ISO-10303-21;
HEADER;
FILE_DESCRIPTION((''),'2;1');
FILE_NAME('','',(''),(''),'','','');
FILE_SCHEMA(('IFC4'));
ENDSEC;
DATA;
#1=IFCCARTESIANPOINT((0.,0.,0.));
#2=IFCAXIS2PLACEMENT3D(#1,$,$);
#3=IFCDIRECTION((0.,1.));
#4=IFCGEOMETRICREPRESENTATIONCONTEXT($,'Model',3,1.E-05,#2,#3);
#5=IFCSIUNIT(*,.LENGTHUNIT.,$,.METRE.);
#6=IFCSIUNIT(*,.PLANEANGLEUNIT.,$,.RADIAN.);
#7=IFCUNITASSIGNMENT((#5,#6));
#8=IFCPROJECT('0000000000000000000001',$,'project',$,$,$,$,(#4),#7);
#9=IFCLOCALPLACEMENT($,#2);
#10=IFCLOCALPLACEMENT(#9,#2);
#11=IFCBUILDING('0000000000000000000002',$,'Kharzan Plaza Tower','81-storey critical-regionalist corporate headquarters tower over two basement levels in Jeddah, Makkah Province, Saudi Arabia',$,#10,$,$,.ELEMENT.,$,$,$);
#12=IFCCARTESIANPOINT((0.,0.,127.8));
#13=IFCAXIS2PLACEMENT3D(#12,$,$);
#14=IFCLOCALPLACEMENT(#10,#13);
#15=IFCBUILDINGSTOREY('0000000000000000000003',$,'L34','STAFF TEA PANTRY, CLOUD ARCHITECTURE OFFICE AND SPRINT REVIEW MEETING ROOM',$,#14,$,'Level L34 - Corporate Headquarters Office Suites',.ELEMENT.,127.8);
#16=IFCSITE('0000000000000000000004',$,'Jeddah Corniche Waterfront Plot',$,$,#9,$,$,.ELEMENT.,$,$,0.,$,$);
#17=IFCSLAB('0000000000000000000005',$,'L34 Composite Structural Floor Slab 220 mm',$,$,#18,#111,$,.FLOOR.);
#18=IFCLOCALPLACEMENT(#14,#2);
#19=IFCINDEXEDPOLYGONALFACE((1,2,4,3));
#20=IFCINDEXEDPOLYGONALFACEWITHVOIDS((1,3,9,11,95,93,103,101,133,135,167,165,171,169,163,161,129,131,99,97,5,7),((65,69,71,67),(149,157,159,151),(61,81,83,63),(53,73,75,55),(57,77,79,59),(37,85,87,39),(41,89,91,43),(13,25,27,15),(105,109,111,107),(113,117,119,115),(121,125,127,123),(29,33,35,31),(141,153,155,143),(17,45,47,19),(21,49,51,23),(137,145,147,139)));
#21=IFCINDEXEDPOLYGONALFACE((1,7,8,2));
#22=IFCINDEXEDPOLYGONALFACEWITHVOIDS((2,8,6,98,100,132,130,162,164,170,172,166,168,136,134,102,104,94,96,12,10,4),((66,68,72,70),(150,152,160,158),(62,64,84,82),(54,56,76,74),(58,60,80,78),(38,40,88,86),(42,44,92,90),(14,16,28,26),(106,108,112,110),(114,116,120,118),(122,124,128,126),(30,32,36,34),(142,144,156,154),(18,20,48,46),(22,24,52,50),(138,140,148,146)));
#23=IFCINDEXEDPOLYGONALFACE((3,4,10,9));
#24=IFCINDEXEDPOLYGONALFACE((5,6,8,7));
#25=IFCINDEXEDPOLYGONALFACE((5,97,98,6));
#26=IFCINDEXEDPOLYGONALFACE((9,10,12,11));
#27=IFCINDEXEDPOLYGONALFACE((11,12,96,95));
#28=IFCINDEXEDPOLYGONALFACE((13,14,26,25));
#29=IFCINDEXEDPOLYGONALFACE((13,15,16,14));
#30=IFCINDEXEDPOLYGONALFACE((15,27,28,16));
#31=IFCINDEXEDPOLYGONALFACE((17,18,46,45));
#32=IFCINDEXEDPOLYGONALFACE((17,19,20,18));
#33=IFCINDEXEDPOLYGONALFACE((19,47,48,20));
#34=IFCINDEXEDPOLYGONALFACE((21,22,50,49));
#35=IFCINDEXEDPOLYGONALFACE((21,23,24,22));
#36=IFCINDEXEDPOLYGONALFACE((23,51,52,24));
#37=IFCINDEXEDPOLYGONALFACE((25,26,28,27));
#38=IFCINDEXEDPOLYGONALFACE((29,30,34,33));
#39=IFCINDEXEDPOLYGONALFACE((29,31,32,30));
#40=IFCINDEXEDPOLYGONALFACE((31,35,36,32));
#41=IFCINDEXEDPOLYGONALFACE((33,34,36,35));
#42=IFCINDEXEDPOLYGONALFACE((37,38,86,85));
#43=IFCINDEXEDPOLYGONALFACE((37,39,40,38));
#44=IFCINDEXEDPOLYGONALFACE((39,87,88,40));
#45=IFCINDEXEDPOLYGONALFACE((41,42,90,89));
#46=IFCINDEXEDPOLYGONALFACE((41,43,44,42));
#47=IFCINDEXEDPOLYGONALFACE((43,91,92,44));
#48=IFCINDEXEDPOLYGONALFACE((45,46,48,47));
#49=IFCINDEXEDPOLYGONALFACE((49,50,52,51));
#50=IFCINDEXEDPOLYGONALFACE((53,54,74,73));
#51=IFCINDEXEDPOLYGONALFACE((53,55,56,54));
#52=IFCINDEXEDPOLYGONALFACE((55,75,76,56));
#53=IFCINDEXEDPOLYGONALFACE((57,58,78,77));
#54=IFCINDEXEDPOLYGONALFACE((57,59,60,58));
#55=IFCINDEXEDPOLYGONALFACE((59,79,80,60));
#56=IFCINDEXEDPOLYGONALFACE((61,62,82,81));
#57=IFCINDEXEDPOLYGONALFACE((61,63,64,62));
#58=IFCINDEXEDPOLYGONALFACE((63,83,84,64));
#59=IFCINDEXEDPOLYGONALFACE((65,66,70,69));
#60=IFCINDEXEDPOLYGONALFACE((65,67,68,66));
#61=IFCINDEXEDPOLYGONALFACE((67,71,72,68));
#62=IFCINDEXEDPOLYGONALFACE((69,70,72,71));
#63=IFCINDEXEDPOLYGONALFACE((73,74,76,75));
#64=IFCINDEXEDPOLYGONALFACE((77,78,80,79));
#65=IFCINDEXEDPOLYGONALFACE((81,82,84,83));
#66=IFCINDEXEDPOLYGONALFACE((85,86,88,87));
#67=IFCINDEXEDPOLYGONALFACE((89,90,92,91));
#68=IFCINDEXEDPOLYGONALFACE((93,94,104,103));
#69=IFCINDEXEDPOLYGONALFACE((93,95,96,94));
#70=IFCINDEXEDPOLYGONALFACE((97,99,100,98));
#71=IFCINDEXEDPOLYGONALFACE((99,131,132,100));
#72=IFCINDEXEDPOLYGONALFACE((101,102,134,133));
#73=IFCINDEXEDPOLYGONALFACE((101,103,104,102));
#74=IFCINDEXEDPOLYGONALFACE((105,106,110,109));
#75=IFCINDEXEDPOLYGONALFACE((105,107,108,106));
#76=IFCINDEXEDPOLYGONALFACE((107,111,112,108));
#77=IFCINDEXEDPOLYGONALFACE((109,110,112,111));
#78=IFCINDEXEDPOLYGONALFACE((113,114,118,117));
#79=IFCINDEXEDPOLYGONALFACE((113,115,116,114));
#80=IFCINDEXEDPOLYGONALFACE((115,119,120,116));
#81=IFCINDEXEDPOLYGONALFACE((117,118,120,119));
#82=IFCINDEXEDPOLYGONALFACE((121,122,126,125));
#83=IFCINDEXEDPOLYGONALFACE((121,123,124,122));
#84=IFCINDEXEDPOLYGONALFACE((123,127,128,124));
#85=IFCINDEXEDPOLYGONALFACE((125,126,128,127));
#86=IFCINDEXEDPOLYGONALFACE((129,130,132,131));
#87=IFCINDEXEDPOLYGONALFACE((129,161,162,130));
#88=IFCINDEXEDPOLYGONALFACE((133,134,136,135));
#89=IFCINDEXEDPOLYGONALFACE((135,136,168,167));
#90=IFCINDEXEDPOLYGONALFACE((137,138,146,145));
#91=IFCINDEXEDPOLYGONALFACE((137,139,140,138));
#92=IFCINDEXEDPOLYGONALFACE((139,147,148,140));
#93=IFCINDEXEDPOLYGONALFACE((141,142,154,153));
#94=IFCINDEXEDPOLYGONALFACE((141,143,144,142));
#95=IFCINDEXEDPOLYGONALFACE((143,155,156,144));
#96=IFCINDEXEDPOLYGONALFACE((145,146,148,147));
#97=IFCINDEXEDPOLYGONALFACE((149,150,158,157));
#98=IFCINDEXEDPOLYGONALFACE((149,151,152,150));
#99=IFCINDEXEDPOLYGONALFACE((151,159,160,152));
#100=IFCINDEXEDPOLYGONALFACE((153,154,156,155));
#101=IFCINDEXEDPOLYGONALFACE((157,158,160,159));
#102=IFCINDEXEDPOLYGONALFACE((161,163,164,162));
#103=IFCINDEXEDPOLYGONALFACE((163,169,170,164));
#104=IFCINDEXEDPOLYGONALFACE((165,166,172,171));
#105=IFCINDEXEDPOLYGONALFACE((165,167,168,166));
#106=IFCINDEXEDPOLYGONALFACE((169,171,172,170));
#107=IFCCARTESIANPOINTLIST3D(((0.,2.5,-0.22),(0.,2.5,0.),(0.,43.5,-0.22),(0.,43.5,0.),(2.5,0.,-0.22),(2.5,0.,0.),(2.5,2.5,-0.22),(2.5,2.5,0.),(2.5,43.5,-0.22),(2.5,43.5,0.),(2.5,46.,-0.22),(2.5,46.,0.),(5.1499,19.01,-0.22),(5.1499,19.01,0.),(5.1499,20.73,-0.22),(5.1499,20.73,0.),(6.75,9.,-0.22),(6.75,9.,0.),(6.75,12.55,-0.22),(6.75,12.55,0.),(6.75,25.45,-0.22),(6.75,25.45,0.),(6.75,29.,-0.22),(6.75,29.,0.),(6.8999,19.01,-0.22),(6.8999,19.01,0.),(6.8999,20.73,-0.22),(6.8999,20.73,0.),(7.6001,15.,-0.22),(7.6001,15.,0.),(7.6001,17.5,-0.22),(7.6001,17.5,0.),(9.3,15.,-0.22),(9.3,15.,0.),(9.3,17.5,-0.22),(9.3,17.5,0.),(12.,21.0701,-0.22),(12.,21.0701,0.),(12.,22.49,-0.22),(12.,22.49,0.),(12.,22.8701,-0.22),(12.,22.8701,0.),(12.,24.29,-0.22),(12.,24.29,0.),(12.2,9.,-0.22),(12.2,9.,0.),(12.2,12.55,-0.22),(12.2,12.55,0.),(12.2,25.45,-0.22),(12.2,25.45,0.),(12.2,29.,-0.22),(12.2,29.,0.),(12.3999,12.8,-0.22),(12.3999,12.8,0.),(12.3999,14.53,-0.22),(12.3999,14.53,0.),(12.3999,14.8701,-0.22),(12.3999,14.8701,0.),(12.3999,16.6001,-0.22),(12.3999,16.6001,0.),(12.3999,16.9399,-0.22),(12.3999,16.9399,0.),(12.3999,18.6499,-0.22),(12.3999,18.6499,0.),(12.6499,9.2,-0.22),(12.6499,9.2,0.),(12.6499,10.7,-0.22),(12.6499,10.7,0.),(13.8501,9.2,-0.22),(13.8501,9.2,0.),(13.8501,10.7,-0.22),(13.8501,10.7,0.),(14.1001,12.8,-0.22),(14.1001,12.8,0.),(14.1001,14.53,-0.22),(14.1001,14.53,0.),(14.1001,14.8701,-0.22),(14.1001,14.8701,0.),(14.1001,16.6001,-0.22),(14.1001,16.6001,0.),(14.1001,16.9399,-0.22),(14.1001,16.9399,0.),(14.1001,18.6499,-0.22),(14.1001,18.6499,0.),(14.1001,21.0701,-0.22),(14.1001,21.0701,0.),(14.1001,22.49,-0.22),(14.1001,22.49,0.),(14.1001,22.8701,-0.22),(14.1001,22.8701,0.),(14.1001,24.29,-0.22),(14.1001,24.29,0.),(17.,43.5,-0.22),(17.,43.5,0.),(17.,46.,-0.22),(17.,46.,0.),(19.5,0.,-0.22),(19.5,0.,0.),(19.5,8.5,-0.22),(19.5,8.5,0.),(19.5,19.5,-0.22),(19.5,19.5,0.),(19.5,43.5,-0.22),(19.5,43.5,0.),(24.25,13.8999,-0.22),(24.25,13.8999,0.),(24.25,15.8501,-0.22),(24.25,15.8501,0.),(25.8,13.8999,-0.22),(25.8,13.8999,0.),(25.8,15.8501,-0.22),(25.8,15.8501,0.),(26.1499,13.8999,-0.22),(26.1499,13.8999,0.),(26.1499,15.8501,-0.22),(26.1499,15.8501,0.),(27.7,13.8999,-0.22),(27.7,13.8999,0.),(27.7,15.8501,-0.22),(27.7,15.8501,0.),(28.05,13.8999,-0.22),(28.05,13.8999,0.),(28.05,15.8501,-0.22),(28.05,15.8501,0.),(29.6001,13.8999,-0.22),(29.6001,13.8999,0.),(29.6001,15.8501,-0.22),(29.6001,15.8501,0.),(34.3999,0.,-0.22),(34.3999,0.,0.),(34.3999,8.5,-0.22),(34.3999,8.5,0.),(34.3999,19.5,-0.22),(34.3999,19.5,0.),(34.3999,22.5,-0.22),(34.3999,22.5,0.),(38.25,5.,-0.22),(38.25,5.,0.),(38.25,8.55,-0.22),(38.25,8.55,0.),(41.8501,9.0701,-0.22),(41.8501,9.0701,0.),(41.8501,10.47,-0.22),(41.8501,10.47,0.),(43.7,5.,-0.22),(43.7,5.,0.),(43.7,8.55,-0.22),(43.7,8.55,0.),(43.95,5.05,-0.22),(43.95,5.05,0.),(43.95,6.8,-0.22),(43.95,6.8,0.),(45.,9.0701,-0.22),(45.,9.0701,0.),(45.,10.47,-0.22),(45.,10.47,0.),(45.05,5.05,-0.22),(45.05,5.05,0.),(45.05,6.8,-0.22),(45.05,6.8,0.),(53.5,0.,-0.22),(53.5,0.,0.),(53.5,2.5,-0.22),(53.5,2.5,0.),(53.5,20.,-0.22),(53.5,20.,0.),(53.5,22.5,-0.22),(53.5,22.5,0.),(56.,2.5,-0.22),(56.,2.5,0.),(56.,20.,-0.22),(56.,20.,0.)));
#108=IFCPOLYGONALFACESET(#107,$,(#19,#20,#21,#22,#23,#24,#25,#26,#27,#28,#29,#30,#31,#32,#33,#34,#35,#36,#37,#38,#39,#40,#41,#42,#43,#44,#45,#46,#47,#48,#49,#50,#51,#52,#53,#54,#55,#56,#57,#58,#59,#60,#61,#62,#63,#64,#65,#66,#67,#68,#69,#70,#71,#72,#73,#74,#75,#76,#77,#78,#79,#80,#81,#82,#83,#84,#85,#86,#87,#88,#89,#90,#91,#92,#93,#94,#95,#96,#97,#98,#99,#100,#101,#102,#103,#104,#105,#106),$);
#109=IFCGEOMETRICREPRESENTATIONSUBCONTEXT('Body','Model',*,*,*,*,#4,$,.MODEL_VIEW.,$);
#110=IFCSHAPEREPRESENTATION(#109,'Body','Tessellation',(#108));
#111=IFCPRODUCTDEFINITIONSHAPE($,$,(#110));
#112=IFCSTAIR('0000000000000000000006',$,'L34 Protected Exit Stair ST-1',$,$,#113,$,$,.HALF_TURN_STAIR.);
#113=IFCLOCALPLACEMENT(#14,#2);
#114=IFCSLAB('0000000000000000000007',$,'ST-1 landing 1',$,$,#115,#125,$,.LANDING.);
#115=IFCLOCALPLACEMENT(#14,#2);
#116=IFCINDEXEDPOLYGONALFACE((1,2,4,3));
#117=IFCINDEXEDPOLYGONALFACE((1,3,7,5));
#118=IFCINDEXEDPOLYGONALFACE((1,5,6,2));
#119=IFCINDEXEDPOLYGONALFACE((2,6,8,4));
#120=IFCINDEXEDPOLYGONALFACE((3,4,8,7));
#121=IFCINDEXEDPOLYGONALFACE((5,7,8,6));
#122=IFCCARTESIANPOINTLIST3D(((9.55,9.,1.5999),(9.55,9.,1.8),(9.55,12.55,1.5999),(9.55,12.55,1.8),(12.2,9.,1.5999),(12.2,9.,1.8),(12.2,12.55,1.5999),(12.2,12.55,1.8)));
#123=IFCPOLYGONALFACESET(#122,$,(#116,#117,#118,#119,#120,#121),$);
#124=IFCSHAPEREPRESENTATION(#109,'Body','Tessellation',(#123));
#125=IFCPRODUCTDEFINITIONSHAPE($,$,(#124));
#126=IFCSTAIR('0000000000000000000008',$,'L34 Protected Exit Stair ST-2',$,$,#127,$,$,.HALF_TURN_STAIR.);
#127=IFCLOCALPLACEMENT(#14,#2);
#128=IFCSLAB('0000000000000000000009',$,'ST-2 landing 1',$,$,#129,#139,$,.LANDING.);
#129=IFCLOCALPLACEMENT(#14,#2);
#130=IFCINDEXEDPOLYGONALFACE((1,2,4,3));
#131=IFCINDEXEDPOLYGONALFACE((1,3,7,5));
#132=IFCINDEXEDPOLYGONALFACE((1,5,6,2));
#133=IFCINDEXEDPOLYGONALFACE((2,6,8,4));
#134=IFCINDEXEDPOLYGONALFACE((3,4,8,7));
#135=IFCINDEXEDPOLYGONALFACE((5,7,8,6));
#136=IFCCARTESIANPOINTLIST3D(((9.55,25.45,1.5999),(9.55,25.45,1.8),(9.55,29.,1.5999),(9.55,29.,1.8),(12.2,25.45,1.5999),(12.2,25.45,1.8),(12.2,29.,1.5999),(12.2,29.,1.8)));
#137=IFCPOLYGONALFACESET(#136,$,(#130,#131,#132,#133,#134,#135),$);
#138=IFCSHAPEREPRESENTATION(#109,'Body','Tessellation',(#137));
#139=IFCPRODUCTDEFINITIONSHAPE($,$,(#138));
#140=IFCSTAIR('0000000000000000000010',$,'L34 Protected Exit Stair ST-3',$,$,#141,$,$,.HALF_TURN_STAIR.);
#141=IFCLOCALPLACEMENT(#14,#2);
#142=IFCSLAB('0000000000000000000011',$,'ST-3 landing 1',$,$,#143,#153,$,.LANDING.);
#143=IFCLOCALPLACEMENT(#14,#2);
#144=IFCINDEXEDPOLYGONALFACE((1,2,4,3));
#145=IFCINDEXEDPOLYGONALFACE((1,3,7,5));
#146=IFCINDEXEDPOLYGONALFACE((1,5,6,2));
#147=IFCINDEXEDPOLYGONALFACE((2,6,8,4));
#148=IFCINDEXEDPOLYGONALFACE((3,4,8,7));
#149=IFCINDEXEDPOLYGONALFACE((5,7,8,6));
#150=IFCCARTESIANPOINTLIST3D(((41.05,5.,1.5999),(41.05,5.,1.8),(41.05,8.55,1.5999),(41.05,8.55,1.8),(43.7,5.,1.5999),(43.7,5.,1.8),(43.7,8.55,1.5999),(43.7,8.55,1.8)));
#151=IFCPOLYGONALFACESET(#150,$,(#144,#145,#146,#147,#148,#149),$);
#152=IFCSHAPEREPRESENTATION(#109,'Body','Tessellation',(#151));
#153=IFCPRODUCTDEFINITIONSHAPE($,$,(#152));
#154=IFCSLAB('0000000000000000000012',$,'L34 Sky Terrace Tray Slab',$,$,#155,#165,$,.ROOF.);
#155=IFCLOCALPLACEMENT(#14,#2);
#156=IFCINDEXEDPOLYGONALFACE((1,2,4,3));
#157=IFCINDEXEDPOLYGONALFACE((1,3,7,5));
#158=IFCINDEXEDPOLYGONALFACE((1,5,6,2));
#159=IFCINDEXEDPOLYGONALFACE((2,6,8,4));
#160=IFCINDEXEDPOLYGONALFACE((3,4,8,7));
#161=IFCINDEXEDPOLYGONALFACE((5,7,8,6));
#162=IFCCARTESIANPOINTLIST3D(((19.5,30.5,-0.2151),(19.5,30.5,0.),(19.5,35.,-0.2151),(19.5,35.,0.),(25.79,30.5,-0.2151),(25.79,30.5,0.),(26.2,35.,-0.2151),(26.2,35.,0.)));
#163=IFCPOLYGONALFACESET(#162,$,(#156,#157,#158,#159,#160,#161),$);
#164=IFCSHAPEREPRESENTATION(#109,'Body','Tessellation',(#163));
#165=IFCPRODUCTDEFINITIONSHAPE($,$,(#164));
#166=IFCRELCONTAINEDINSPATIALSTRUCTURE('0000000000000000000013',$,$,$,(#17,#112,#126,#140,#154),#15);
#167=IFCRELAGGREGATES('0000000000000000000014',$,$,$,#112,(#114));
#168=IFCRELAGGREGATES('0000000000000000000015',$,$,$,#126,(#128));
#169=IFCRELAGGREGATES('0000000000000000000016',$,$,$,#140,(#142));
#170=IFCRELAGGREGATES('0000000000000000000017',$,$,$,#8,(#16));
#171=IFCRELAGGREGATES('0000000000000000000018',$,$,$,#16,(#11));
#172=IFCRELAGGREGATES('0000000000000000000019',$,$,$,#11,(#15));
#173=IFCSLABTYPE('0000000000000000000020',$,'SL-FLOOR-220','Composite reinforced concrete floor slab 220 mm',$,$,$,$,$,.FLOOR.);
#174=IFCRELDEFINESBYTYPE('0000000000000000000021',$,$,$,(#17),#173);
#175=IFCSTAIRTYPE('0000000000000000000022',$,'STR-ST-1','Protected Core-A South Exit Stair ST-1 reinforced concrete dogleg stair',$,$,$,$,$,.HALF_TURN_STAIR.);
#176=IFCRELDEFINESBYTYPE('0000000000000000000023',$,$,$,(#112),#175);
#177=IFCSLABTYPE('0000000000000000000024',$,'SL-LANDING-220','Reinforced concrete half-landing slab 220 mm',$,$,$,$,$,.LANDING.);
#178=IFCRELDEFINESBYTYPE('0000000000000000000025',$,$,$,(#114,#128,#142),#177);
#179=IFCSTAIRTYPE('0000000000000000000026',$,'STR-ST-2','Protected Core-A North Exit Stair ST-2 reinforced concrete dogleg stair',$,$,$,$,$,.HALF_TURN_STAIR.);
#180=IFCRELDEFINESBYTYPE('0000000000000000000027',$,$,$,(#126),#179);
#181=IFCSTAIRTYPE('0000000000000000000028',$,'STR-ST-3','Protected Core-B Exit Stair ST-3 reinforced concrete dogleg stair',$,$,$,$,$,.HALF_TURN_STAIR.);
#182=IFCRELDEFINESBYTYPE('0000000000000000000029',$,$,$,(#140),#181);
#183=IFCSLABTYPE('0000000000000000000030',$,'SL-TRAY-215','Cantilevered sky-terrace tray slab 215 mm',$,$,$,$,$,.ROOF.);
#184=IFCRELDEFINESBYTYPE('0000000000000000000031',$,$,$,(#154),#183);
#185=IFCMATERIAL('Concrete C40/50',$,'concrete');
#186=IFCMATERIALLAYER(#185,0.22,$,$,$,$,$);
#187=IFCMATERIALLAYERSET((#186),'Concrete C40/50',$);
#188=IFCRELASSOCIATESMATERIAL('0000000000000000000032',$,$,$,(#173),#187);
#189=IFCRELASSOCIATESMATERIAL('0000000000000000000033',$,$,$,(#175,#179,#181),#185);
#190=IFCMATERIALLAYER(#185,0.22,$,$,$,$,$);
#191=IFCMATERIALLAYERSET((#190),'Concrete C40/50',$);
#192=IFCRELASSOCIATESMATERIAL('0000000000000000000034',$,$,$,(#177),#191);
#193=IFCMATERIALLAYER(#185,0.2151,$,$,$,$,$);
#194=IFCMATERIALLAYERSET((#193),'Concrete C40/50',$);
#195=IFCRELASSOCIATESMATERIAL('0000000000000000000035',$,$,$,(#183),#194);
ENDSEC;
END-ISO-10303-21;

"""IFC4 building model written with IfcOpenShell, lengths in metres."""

from ifc_helpers import new_model, si_unit, direction, frame, origin, place, context, subcontext, project, spatial, polyline, outline, extrude, material, layer, layer_set, type_object, element, aggregate, save


model = new_model("IFC4")

# Units and contexts
model_context = context("Model", 3, precision=1e-05, world=origin(), true_north=direction((0.0, 1.0)))
body_context = subcontext(model_context, "Body", "Model", "MODEL_VIEW")
ifc_project = project(units=[si_unit("LENGTHUNIT", "METRE"), si_unit("PLANEANGLEUNIT", "RADIAN")], contexts=[model_context])

# Site, building, storey
site_placement = place(None, origin())
site = spatial("IfcSite", under=ifc_project, at=site_placement, Name="Jeddah Corniche Waterfront Plot", CompositionType="ELEMENT", RefElevation=0.0)
building_placement = place(site_placement, origin())
building = spatial("IfcBuilding", under=site, at=building_placement, Name="Kharzan Plaza Tower", Description="81-storey critical-regionalist corporate headquarters tower over two basement levels in Jeddah, Makkah Province, Saudi Arabia", CompositionType="ELEMENT")
storey_placement = place(building_placement, frame((0.0, 0.0, 127.8)))
storey = spatial("IfcBuildingStorey", under=building, at=storey_placement, Name="L34", Description="STAFF TEA PANTRY, CLOUD ARCHITECTURE OFFICE AND SPRINT REVIEW MEETING ROOM", LongName="Level L34 - Corporate Headquarters Office Suites", CompositionType="ELEMENT", Elevation=127.8)

# Slab
ifc_material_1 = material(Name="Concrete C40/50", Category="concrete")
ifc_layer_1 = layer(ifc_material_1, 0.22)
ifc_layer_set_1 = layer_set([ifc_layer_1], Name="Concrete C40/50")
slab_type_1 = type_object("IfcSlabType", Name="SL-FLOOR-220", Description="Composite reinforced concrete floor slab 220 mm", PredefinedType="FLOOR", material=ifc_layer_set_1)
slab_1_placement = place(storey_placement, frame((0.0, 0.0, -0.22)))
element("IfcSlab", 1, at=slab_1_placement, inside=storey, type_object=slab_type_1, Name="L34 Composite Structural Floor Slab 220 mm", PredefinedType="FLOOR", context=body_context, shape_type="SweptSolid", body=[
    extrude(outline(polyline([(34.3999, 19.5), (19.5, 19.5), (19.5, 43.5), (17.0, 43.5), (17.0, 46.0), (2.5, 46.0), (2.5, 43.5), (0.0, 43.5), (0.0, 2.5), (2.5, 2.5), (2.5, 0.0), (19.5, 0.0), (19.5, 8.5), (34.3999, 8.5), (34.3999, 0.0), (53.5, 0.0), (53.5, 2.5), (56.0, 2.5), (56.0, 20.0), (53.5, 20.0), (53.5, 22.5), (34.3999, 22.5), (34.3999, 19.5)]), holes=[polyline([(12.2, 9.0), (12.2, 12.55), (6.75, 12.55), (6.75, 9.0), (12.2, 9.0)]), polyline([(14.1001, 12.8), (14.1001, 14.53), (12.3999, 14.53), (12.3999, 12.8), (14.1001, 12.8)]), polyline([(14.1001, 14.8701), (14.1001, 16.6001), (12.3999, 16.6001), (12.3999, 14.8701), (14.1001, 14.8701)]), polyline([(9.3, 15.0), (9.3, 17.5), (7.6001, 17.5), (7.6001, 15.0), (9.3, 15.0)]), polyline([(6.8999, 19.01), (6.8999, 20.73), (5.1499, 20.73), (5.1499, 19.01), (6.8999, 19.01)]), polyline([(14.1001, 21.0701), (14.1001, 22.49), (12.0, 22.49), (12.0, 21.0701), (14.1001, 21.0701)]), polyline([(14.1001, 22.8701), (14.1001, 24.29), (12.0, 24.29), (12.0, 22.8701), (14.1001, 22.8701)]), polyline([(12.2, 25.45), (12.2, 29.0), (6.75, 29.0), (6.75, 25.45), (12.2, 25.45)]), polyline([(45.05, 5.05), (45.05, 6.8), (43.95, 6.8), (43.95, 5.05), (45.05, 5.05)]), polyline([(43.7, 5.0), (43.7, 8.55), (38.25, 8.55), (38.25, 5.0), (43.7, 5.0)]), polyline([(45.0, 9.0701), (45.0, 10.47), (41.8501, 10.47), (41.8501, 9.0701), (45.0, 9.0701)]), polyline([(13.8501, 9.2), (13.8501, 10.7), (12.6499, 10.7), (12.6499, 9.2), (13.8501, 9.2)]), polyline([(25.8, 13.8999), (25.8, 15.8501), (24.25, 15.8501), (24.25, 13.8999), (25.8, 13.8999)]), polyline([(27.7, 13.8999), (27.7, 15.8501), (26.1499, 15.8501), (26.1499, 13.8999), (27.7, 13.8999)]), polyline([(29.6001, 13.8999), (29.6001, 15.8501), (28.05, 15.8501), (28.05, 13.8999), (29.6001, 13.8999)]), polyline([(14.1001, 16.9399), (14.1001, 18.6499), (12.3999, 18.6499), (12.3999, 16.9399), (14.1001, 16.9399)])]), origin(), (0.0, 0.0, 1.0), 0.22),
])

# Stairs, slabs
stair_type_1 = type_object("IfcStairType", Name="STR-ST-1", Description="Protected Core-A South Exit Stair ST-1 reinforced concrete dogleg stair", PredefinedType="HALF_TURN_STAIR", material=ifc_material_1)
stair_1_placement = place(storey_placement, origin())
stair_1 = element("IfcStair", 2, at=stair_1_placement, inside=storey, type_object=stair_type_1, Name="L34 Protected Exit Stair ST-1", PredefinedType="HALF_TURN_STAIR")
ifc_layer_2 = layer(ifc_material_1, 0.22)
ifc_layer_set_2 = layer_set([ifc_layer_2], Name="Concrete C40/50")
slab_type_2 = type_object("IfcSlabType", Name="SL-LANDING-220", Description="Reinforced concrete half-landing slab 220 mm", PredefinedType="LANDING", material=ifc_layer_set_2)
slab_2_placement = place(storey_placement, frame((0.0, 0.0, 1.5999)))
slab_2 = element("IfcSlab", 3, at=slab_2_placement, type_object=slab_type_2, Name="ST-1 landing 1", PredefinedType="LANDING", context=body_context, shape_type="SweptSolid", body=[
    extrude(outline(polyline([(9.55, 9.0), (12.2, 9.0), (12.2, 12.55), (9.55, 12.55), (9.55, 9.0)])), origin(), (0.0, 0.0, 1.0), 0.2002),
])
aggregate(stair_1, [slab_2])
stair_type_2 = type_object("IfcStairType", Name="STR-ST-2", Description="Protected Core-A North Exit Stair ST-2 reinforced concrete dogleg stair", PredefinedType="HALF_TURN_STAIR", material=ifc_material_1)
stair_2_placement = place(storey_placement, origin())
stair_2 = element("IfcStair", 4, at=stair_2_placement, inside=storey, type_object=stair_type_2, Name="L34 Protected Exit Stair ST-2", PredefinedType="HALF_TURN_STAIR")
slab_3_placement = place(storey_placement, frame((0.0, 0.0, 1.5999)))
slab_3 = element("IfcSlab", 5, at=slab_3_placement, type_object=slab_type_2, Name="ST-2 landing 1", PredefinedType="LANDING", context=body_context, shape_type="SweptSolid", body=[
    extrude(outline(polyline([(9.55, 25.45), (12.2, 25.45), (12.2, 29.0), (9.55, 29.0), (9.55, 25.45)])), origin(), (0.0, 0.0, 1.0), 0.2002),
])
aggregate(stair_2, [slab_3])
stair_type_3 = type_object("IfcStairType", Name="STR-ST-3", Description="Protected Core-B Exit Stair ST-3 reinforced concrete dogleg stair", PredefinedType="HALF_TURN_STAIR", material=ifc_material_1)
stair_3_placement = place(storey_placement, origin())
stair_3 = element("IfcStair", 6, at=stair_3_placement, inside=storey, type_object=stair_type_3, Name="L34 Protected Exit Stair ST-3", PredefinedType="HALF_TURN_STAIR")
slab_4_placement = place(storey_placement, frame((0.0, 0.0, 1.5999)))
slab_4 = element("IfcSlab", 7, at=slab_4_placement, type_object=slab_type_2, Name="ST-3 landing 1", PredefinedType="LANDING", context=body_context, shape_type="SweptSolid", body=[
    extrude(outline(polyline([(41.05, 5.0), (43.7, 5.0), (43.7, 8.55), (41.05, 8.55), (41.05, 5.0)])), origin(), (0.0, 0.0, 1.0), 0.2002),
])
aggregate(stair_3, [slab_4])

# Slab
ifc_layer_3 = layer(ifc_material_1, 0.2151)
ifc_layer_set_3 = layer_set([ifc_layer_3], Name="Concrete C40/50")
slab_type_3 = type_object("IfcSlabType", Name="SL-TRAY-215", Description="Cantilevered sky-terrace tray slab 215 mm", PredefinedType="ROOF", material=ifc_layer_set_3)
slab_5_placement = place(storey_placement, frame((0.0, 0.0, -0.2151)))
element("IfcSlab", 8, at=slab_5_placement, inside=storey, type_object=slab_type_3, Name="L34 Sky Terrace Tray Slab", PredefinedType="ROOF", context=body_context, shape_type="SweptSolid", body=[
    extrude(outline(polyline([(19.5, 30.5), (25.79, 30.5), (26.2, 35.0), (19.5, 35.0), (19.5, 30.5)])), origin(), (0.0, 0.0, 1.0), 0.2151),
])

save(model, "model.ifc")
